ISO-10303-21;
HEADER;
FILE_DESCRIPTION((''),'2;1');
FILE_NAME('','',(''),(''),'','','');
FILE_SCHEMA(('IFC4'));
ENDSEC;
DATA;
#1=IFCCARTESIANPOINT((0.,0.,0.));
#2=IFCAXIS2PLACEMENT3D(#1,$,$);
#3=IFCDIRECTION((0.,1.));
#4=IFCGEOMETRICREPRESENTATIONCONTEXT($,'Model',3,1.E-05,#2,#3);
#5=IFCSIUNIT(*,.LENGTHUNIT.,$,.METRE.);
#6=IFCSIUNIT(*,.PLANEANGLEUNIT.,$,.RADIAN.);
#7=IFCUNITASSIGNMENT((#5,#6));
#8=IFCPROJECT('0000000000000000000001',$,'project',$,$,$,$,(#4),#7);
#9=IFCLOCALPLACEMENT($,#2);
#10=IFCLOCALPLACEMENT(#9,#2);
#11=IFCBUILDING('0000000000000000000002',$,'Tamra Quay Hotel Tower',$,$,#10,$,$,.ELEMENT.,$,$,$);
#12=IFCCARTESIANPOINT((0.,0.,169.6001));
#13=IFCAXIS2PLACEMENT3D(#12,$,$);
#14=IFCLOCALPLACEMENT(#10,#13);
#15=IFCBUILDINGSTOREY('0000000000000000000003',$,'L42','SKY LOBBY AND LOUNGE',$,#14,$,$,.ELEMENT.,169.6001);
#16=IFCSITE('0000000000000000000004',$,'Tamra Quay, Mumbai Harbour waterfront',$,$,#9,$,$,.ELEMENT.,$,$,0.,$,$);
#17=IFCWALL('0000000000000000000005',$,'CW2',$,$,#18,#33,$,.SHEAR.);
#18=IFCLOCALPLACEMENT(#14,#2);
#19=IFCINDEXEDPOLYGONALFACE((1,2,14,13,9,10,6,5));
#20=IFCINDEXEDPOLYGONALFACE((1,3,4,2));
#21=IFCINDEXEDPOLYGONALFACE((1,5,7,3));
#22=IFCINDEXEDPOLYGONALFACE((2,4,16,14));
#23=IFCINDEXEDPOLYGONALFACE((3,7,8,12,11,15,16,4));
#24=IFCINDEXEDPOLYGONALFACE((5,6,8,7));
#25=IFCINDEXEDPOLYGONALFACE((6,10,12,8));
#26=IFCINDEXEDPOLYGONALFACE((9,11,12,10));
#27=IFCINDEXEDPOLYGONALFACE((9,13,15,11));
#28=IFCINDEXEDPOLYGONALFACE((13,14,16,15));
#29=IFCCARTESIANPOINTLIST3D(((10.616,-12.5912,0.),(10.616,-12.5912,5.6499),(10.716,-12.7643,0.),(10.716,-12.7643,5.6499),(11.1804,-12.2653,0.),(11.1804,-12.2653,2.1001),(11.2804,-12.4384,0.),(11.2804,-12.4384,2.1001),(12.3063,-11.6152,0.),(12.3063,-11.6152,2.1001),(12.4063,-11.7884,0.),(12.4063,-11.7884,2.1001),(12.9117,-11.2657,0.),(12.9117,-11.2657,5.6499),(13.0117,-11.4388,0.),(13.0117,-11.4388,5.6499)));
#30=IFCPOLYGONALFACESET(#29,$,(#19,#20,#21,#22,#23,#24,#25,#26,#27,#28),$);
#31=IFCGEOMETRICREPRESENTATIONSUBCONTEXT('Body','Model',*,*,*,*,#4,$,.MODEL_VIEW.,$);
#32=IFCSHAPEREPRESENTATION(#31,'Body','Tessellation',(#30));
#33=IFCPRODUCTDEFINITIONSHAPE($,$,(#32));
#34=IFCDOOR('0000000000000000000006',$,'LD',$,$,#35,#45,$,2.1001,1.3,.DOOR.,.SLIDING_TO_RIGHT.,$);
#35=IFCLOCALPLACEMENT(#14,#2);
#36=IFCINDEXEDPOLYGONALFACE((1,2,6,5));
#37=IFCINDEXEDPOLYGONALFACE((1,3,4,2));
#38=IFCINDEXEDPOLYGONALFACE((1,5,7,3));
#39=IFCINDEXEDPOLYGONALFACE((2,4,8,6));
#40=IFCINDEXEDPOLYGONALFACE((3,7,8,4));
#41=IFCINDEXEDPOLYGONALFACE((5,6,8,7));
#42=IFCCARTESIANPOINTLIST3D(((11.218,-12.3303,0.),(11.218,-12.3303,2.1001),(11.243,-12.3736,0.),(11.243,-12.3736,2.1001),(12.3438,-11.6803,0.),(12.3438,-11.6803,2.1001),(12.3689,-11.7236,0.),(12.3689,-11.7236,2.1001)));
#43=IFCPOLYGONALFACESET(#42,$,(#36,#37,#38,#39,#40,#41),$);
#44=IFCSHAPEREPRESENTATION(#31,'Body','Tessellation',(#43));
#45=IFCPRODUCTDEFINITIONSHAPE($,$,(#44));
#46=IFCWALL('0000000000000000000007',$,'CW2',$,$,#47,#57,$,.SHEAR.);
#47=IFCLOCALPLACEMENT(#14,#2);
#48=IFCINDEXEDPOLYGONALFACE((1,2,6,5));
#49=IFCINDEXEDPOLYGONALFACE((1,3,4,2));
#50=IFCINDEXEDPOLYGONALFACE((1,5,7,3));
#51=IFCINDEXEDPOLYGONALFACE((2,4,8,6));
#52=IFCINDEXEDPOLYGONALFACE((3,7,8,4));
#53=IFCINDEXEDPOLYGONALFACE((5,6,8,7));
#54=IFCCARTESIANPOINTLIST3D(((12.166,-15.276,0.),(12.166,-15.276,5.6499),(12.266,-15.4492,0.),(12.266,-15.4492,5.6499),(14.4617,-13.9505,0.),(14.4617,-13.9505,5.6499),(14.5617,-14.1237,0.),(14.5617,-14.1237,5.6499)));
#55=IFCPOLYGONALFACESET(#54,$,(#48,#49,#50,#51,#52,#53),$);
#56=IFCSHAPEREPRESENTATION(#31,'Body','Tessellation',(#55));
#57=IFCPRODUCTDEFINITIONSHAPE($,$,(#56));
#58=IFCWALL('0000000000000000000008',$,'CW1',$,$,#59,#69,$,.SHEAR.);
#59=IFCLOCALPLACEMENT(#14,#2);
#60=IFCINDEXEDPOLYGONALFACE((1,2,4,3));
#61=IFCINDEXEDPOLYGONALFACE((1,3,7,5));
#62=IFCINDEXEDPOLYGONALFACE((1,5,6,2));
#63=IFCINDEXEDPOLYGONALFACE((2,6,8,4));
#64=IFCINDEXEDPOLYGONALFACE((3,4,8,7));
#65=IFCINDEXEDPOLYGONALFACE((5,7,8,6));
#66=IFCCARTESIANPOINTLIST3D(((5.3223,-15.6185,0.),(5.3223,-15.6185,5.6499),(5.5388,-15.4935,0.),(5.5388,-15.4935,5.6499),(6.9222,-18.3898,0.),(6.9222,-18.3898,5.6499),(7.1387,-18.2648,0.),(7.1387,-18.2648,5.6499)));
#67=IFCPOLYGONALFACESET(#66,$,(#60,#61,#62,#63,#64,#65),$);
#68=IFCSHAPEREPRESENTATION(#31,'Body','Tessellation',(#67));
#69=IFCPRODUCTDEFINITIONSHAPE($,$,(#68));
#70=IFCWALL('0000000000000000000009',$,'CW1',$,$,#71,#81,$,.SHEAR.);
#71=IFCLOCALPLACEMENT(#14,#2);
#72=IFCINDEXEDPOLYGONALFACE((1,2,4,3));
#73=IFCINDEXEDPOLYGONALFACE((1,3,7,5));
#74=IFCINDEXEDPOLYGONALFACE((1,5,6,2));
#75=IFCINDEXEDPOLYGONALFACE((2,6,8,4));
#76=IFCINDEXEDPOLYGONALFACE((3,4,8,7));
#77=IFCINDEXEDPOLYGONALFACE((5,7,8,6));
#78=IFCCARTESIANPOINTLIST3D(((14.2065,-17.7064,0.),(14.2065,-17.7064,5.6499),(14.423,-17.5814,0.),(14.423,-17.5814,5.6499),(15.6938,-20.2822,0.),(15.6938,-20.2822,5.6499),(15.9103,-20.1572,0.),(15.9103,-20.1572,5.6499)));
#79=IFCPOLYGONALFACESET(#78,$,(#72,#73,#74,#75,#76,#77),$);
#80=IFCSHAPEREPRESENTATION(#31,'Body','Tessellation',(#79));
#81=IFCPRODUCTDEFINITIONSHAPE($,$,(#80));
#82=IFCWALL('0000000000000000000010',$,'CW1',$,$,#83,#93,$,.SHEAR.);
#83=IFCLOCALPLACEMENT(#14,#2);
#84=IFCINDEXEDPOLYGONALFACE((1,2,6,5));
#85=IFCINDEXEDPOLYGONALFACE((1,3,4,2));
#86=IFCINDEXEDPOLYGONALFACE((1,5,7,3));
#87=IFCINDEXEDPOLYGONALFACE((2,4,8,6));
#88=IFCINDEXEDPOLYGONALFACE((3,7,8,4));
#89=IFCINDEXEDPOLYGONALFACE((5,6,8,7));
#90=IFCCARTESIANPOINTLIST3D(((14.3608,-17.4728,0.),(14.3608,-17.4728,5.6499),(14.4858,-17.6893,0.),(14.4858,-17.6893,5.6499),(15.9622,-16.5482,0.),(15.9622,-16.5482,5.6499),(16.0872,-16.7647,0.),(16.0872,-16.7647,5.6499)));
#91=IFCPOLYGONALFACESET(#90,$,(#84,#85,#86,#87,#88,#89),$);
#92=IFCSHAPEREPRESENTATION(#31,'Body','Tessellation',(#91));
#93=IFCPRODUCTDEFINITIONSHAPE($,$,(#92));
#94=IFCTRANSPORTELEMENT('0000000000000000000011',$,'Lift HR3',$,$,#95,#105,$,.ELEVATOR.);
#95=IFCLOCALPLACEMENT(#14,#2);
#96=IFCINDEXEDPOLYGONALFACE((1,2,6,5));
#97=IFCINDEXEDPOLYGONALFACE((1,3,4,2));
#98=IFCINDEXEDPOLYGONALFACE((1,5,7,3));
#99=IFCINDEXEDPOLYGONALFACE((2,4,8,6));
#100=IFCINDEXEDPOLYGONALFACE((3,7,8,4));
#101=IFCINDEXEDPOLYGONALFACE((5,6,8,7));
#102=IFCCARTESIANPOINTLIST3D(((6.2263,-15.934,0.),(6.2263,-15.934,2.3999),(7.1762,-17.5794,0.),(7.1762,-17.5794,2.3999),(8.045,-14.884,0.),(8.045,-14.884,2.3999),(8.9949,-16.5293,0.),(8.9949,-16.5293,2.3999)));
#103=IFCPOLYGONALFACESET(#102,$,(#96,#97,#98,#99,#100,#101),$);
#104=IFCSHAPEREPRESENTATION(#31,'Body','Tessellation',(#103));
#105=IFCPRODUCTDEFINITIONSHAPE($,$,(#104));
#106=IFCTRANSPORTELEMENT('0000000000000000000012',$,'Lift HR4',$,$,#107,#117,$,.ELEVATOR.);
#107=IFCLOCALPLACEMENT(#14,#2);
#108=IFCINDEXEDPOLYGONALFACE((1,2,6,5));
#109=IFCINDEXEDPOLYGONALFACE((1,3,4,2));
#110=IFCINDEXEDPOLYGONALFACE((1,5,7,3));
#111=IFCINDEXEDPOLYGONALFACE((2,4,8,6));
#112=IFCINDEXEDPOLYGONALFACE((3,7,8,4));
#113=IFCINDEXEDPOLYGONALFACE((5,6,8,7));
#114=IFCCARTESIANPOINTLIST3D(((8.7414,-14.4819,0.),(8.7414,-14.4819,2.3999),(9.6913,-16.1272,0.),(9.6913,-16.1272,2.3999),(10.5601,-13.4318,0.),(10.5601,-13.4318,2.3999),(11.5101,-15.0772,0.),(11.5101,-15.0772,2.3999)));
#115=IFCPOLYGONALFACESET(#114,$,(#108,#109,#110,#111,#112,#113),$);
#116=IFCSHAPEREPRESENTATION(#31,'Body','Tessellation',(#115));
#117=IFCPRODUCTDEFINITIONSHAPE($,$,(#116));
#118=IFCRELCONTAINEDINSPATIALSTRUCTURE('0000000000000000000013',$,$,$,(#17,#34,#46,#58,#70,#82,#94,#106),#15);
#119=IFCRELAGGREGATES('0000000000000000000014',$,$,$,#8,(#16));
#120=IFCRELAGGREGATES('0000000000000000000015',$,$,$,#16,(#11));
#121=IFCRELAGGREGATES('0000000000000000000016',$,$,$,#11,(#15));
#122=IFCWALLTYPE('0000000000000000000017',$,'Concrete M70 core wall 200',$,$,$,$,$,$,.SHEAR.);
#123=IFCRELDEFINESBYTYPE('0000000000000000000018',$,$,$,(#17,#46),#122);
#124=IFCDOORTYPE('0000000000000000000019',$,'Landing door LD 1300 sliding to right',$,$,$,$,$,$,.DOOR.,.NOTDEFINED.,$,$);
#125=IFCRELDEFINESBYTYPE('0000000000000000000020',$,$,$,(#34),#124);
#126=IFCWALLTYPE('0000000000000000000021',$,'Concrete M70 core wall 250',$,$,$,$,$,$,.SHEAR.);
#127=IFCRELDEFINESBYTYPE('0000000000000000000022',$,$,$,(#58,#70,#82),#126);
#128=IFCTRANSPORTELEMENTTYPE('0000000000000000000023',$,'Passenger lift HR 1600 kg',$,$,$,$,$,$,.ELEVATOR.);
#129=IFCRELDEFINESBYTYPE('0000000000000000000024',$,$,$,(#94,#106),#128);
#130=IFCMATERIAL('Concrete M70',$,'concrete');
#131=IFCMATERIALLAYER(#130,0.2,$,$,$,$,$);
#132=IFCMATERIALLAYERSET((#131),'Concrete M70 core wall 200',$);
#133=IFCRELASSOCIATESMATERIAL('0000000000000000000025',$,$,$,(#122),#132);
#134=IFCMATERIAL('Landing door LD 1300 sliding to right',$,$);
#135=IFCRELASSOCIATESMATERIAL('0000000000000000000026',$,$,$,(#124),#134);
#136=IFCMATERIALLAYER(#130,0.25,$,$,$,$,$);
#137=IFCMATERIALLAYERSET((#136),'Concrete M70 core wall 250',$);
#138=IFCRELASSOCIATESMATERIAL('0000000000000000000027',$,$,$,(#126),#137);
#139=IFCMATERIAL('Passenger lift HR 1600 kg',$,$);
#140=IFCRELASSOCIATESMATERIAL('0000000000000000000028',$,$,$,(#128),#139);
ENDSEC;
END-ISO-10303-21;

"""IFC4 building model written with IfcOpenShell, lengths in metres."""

from ifc_helpers import new_model, si_unit, direction, frame, frame_2d, origin, origin_2d, place, context, subcontext, project, spatial, rectangle, extrude, material, layer, layer_set, type_object, element, fill, save


model = new_model("IFC4")

# Units and contexts
model_context = context("Model", 3, precision=1e-05, world=origin(), true_north=direction((0.0, 1.0)))
body_context = subcontext(model_context, "Body", "Model", "MODEL_VIEW")
ifc_project = project(units=[si_unit("LENGTHUNIT", "METRE"), si_unit("PLANEANGLEUNIT", "RADIAN")], contexts=[model_context])

# Site, building, storey
site_placement = place(None, origin())
site = spatial("IfcSite", under=ifc_project, at=site_placement, Name="Tamra Quay, Mumbai Harbour waterfront", CompositionType="ELEMENT", RefElevation=0.0)
building_placement = place(site_placement, origin())
building = spatial("IfcBuilding", under=site, at=building_placement, Name="Tamra Quay Hotel Tower", CompositionType="ELEMENT")
storey_placement = place(building_placement, frame((0.0, 0.0, 169.6001)))
storey = spatial("IfcBuildingStorey", under=building, at=storey_placement, Name="L42", Description="SKY LOBBY AND LOUNGE", CompositionType="ELEMENT", Elevation=169.6001)

# Shared definitions
ifc_material_1 = material(Name="Concrete M70", Category="concrete")

# Shared definitions
ifc_layer_1 = layer(ifc_material_1, 0.2)
ifc_layer_set_1 = layer_set([ifc_layer_1], Name="Concrete M70 core wall 200")
wall_type_1 = type_object("IfcWallType", Name="Concrete M70 core wall 200", PredefinedType="SHEAR", material=ifc_layer_set_1)

# Wall, opening, door
wall_1_placement = place(storey_placement, frame((10.666, -12.6777, 0.0), z_axis=(0.0, 0.0, 1.0), x_axis=(0.866018, 0.500012, 0.0)))
wall_1 = element("IfcWall", 1, at=wall_1_placement, inside=storey, type_object=wall_type_1, Name="CW2", PredefinedType="SHEAR", context=body_context, shape_type="SweptSolid", body=[
    extrude(rectangle(XDim=2.6509, YDim=0.2, at=frame_2d((1.3254, 0.0))), origin(), (0.0, 0.0, 1.0), 5.6499),
])
opening_1_placement = place(wall_1_placement, frame((0.6519, 0.0, 0.0)))
opening_1 = element("IfcOpeningElement", 2, at=opening_1_placement, cuts=wall_1, PredefinedType="OPENING", context=body_context, shape_type="SweptSolid", body=[
    extrude(rectangle(XDim=1.3, YDim=2.1001, at=frame_2d((0.6499, 1.05))), frame((0.0, 0.1099, 0.0), z_axis=(0.0, -1.0, 0.0), x_axis=(1.0, 0.0, 0.0)), (0.0, 0.0, 1.0), 0.22),
])
ifc_material_2 = material(Name="Landing door LD 1300 sliding to right")
door_type_1 = type_object("IfcDoorType", Name="Landing door LD 1300 sliding to right", OperationType="NOTDEFINED", PredefinedType="DOOR", material=ifc_material_2)
door_1_placement = place(opening_1_placement, origin())
door_1 = element("IfcDoor", 3, at=door_1_placement, inside=storey, type_object=door_type_1, Name="LD", OperationType="SLIDING_TO_RIGHT", OverallHeight=2.1001, OverallWidth=1.3, PredefinedType="DOOR", context=body_context, shape_type="SweptSolid", body=[
    extrude(rectangle(XDim=1.3, YDim=2.1001, at=frame_2d((0.6499, 1.05))), frame((0.0, 0.0249, 0.0), z_axis=(0.0, -1.0, 0.0), x_axis=(1.0, 0.0, 0.0)), (0.0, 0.0, 1.0), 0.05),
])
fill(opening_1, door_1)

# Walls
wall_2_placement = place(storey_placement, frame((14.5117, -14.0371, 0.0), z_axis=(0.0, 0.0, 1.0), x_axis=(-0.866018, -0.500012, 0.0)))
element("IfcWall", 4, at=wall_2_placement, inside=storey, type_object=wall_type_1, Name="CW2", PredefinedType="SHEAR", context=body_context, shape_type="SweptSolid", body=[
    extrude(rectangle(XDim=2.6509, YDim=0.2, at=frame_2d((1.3254, 0.0))), origin(), (0.0, 0.0, 1.0), 5.6499),
])
ifc_layer_2 = layer(ifc_material_1, 0.25)
ifc_layer_set_2 = layer_set([ifc_layer_2], Name="Concrete M70 core wall 250")
wall_type_2 = type_object("IfcWallType", Name="Concrete M70 core wall 250", PredefinedType="SHEAR", material=ifc_layer_set_2)
wall_3_placement = place(storey_placement, frame((7.0305, -18.3274, 0.0), z_axis=(0.0, 0.0, 1.0), x_axis=(-0.499971, 0.866042, 0.0)))
element("IfcWall", 5, at=wall_3_placement, inside=storey, type_object=wall_type_2, Name="CW1", PredefinedType="SHEAR", context=body_context, shape_type="SweptSolid", body=[
    extrude(rectangle(XDim=3.2, YDim=0.25, at=frame_2d((1.6001, 0.0))), origin(), (0.0, 0.0, 1.0), 5.6499),
])
wall_4_placement = place(storey_placement, frame((14.3147, -17.6438, 0.0), z_axis=(0.0, 0.0, 1.0), x_axis=(0.500023, -0.866012, 0.0)))
element("IfcWall", 6, at=wall_4_placement, inside=storey, type_object=wall_type_2, Name="CW1", PredefinedType="SHEAR", context=body_context, shape_type="SweptSolid", body=[
    extrude(rectangle(XDim=2.9744, YDim=0.25, at=frame_2d((1.4873, 0.0))), origin(), (0.0, 0.0, 1.0), 5.6499),
])
wall_5_placement = place(storey_placement, frame((16.0247, -16.6565, 0.0), z_axis=(0.0, 0.0, 1.0), x_axis=(-0.866016, -0.500016, 0.0)))
element("IfcWall", 7, at=wall_5_placement, inside=storey, type_object=wall_type_2, Name="CW1", PredefinedType="SHEAR", context=body_context, shape_type="SweptSolid", body=[
    extrude(rectangle(XDim=1.8491, YDim=0.25, at=frame_2d((0.9246, 0.0))), origin(), (0.0, 0.0, 1.0), 5.6499),
])

# Transport elements
ifc_material_3 = material(Name="Passenger lift HR 1600 kg")
transport_element_type = type_object("IfcTransportElementType", Name="Passenger lift HR 1600 kg", PredefinedType="ELEVATOR", material=ifc_material_3)
for number, where, z_axis, x_axis, name in (
    (8, (7.6106, -16.2317, 0.0), (0.0, 0.0, 1.0), (0.866025, 0.5, 0.0), "Lift HR3"),
    (9, (10.1257, -14.7795, 0.0), (0.0, 0.0, 1.0), (0.866025, 0.5, 0.0), "Lift HR4"),
):
    element("IfcTransportElement", number, at=place(storey_placement, frame(where, z_axis=z_axis, x_axis=x_axis)), inside=storey, type_object=transport_element_type, Name=name, PredefinedType="ELEVATOR", context=body_context, shape_type="SweptSolid", body=[
        extrude(rectangle(XDim=2.1001, YDim=1.8999, at=origin_2d()), origin(), (0.0, 0.0, 1.0), 2.3999),
    ])

save(model, "model.ifc")
